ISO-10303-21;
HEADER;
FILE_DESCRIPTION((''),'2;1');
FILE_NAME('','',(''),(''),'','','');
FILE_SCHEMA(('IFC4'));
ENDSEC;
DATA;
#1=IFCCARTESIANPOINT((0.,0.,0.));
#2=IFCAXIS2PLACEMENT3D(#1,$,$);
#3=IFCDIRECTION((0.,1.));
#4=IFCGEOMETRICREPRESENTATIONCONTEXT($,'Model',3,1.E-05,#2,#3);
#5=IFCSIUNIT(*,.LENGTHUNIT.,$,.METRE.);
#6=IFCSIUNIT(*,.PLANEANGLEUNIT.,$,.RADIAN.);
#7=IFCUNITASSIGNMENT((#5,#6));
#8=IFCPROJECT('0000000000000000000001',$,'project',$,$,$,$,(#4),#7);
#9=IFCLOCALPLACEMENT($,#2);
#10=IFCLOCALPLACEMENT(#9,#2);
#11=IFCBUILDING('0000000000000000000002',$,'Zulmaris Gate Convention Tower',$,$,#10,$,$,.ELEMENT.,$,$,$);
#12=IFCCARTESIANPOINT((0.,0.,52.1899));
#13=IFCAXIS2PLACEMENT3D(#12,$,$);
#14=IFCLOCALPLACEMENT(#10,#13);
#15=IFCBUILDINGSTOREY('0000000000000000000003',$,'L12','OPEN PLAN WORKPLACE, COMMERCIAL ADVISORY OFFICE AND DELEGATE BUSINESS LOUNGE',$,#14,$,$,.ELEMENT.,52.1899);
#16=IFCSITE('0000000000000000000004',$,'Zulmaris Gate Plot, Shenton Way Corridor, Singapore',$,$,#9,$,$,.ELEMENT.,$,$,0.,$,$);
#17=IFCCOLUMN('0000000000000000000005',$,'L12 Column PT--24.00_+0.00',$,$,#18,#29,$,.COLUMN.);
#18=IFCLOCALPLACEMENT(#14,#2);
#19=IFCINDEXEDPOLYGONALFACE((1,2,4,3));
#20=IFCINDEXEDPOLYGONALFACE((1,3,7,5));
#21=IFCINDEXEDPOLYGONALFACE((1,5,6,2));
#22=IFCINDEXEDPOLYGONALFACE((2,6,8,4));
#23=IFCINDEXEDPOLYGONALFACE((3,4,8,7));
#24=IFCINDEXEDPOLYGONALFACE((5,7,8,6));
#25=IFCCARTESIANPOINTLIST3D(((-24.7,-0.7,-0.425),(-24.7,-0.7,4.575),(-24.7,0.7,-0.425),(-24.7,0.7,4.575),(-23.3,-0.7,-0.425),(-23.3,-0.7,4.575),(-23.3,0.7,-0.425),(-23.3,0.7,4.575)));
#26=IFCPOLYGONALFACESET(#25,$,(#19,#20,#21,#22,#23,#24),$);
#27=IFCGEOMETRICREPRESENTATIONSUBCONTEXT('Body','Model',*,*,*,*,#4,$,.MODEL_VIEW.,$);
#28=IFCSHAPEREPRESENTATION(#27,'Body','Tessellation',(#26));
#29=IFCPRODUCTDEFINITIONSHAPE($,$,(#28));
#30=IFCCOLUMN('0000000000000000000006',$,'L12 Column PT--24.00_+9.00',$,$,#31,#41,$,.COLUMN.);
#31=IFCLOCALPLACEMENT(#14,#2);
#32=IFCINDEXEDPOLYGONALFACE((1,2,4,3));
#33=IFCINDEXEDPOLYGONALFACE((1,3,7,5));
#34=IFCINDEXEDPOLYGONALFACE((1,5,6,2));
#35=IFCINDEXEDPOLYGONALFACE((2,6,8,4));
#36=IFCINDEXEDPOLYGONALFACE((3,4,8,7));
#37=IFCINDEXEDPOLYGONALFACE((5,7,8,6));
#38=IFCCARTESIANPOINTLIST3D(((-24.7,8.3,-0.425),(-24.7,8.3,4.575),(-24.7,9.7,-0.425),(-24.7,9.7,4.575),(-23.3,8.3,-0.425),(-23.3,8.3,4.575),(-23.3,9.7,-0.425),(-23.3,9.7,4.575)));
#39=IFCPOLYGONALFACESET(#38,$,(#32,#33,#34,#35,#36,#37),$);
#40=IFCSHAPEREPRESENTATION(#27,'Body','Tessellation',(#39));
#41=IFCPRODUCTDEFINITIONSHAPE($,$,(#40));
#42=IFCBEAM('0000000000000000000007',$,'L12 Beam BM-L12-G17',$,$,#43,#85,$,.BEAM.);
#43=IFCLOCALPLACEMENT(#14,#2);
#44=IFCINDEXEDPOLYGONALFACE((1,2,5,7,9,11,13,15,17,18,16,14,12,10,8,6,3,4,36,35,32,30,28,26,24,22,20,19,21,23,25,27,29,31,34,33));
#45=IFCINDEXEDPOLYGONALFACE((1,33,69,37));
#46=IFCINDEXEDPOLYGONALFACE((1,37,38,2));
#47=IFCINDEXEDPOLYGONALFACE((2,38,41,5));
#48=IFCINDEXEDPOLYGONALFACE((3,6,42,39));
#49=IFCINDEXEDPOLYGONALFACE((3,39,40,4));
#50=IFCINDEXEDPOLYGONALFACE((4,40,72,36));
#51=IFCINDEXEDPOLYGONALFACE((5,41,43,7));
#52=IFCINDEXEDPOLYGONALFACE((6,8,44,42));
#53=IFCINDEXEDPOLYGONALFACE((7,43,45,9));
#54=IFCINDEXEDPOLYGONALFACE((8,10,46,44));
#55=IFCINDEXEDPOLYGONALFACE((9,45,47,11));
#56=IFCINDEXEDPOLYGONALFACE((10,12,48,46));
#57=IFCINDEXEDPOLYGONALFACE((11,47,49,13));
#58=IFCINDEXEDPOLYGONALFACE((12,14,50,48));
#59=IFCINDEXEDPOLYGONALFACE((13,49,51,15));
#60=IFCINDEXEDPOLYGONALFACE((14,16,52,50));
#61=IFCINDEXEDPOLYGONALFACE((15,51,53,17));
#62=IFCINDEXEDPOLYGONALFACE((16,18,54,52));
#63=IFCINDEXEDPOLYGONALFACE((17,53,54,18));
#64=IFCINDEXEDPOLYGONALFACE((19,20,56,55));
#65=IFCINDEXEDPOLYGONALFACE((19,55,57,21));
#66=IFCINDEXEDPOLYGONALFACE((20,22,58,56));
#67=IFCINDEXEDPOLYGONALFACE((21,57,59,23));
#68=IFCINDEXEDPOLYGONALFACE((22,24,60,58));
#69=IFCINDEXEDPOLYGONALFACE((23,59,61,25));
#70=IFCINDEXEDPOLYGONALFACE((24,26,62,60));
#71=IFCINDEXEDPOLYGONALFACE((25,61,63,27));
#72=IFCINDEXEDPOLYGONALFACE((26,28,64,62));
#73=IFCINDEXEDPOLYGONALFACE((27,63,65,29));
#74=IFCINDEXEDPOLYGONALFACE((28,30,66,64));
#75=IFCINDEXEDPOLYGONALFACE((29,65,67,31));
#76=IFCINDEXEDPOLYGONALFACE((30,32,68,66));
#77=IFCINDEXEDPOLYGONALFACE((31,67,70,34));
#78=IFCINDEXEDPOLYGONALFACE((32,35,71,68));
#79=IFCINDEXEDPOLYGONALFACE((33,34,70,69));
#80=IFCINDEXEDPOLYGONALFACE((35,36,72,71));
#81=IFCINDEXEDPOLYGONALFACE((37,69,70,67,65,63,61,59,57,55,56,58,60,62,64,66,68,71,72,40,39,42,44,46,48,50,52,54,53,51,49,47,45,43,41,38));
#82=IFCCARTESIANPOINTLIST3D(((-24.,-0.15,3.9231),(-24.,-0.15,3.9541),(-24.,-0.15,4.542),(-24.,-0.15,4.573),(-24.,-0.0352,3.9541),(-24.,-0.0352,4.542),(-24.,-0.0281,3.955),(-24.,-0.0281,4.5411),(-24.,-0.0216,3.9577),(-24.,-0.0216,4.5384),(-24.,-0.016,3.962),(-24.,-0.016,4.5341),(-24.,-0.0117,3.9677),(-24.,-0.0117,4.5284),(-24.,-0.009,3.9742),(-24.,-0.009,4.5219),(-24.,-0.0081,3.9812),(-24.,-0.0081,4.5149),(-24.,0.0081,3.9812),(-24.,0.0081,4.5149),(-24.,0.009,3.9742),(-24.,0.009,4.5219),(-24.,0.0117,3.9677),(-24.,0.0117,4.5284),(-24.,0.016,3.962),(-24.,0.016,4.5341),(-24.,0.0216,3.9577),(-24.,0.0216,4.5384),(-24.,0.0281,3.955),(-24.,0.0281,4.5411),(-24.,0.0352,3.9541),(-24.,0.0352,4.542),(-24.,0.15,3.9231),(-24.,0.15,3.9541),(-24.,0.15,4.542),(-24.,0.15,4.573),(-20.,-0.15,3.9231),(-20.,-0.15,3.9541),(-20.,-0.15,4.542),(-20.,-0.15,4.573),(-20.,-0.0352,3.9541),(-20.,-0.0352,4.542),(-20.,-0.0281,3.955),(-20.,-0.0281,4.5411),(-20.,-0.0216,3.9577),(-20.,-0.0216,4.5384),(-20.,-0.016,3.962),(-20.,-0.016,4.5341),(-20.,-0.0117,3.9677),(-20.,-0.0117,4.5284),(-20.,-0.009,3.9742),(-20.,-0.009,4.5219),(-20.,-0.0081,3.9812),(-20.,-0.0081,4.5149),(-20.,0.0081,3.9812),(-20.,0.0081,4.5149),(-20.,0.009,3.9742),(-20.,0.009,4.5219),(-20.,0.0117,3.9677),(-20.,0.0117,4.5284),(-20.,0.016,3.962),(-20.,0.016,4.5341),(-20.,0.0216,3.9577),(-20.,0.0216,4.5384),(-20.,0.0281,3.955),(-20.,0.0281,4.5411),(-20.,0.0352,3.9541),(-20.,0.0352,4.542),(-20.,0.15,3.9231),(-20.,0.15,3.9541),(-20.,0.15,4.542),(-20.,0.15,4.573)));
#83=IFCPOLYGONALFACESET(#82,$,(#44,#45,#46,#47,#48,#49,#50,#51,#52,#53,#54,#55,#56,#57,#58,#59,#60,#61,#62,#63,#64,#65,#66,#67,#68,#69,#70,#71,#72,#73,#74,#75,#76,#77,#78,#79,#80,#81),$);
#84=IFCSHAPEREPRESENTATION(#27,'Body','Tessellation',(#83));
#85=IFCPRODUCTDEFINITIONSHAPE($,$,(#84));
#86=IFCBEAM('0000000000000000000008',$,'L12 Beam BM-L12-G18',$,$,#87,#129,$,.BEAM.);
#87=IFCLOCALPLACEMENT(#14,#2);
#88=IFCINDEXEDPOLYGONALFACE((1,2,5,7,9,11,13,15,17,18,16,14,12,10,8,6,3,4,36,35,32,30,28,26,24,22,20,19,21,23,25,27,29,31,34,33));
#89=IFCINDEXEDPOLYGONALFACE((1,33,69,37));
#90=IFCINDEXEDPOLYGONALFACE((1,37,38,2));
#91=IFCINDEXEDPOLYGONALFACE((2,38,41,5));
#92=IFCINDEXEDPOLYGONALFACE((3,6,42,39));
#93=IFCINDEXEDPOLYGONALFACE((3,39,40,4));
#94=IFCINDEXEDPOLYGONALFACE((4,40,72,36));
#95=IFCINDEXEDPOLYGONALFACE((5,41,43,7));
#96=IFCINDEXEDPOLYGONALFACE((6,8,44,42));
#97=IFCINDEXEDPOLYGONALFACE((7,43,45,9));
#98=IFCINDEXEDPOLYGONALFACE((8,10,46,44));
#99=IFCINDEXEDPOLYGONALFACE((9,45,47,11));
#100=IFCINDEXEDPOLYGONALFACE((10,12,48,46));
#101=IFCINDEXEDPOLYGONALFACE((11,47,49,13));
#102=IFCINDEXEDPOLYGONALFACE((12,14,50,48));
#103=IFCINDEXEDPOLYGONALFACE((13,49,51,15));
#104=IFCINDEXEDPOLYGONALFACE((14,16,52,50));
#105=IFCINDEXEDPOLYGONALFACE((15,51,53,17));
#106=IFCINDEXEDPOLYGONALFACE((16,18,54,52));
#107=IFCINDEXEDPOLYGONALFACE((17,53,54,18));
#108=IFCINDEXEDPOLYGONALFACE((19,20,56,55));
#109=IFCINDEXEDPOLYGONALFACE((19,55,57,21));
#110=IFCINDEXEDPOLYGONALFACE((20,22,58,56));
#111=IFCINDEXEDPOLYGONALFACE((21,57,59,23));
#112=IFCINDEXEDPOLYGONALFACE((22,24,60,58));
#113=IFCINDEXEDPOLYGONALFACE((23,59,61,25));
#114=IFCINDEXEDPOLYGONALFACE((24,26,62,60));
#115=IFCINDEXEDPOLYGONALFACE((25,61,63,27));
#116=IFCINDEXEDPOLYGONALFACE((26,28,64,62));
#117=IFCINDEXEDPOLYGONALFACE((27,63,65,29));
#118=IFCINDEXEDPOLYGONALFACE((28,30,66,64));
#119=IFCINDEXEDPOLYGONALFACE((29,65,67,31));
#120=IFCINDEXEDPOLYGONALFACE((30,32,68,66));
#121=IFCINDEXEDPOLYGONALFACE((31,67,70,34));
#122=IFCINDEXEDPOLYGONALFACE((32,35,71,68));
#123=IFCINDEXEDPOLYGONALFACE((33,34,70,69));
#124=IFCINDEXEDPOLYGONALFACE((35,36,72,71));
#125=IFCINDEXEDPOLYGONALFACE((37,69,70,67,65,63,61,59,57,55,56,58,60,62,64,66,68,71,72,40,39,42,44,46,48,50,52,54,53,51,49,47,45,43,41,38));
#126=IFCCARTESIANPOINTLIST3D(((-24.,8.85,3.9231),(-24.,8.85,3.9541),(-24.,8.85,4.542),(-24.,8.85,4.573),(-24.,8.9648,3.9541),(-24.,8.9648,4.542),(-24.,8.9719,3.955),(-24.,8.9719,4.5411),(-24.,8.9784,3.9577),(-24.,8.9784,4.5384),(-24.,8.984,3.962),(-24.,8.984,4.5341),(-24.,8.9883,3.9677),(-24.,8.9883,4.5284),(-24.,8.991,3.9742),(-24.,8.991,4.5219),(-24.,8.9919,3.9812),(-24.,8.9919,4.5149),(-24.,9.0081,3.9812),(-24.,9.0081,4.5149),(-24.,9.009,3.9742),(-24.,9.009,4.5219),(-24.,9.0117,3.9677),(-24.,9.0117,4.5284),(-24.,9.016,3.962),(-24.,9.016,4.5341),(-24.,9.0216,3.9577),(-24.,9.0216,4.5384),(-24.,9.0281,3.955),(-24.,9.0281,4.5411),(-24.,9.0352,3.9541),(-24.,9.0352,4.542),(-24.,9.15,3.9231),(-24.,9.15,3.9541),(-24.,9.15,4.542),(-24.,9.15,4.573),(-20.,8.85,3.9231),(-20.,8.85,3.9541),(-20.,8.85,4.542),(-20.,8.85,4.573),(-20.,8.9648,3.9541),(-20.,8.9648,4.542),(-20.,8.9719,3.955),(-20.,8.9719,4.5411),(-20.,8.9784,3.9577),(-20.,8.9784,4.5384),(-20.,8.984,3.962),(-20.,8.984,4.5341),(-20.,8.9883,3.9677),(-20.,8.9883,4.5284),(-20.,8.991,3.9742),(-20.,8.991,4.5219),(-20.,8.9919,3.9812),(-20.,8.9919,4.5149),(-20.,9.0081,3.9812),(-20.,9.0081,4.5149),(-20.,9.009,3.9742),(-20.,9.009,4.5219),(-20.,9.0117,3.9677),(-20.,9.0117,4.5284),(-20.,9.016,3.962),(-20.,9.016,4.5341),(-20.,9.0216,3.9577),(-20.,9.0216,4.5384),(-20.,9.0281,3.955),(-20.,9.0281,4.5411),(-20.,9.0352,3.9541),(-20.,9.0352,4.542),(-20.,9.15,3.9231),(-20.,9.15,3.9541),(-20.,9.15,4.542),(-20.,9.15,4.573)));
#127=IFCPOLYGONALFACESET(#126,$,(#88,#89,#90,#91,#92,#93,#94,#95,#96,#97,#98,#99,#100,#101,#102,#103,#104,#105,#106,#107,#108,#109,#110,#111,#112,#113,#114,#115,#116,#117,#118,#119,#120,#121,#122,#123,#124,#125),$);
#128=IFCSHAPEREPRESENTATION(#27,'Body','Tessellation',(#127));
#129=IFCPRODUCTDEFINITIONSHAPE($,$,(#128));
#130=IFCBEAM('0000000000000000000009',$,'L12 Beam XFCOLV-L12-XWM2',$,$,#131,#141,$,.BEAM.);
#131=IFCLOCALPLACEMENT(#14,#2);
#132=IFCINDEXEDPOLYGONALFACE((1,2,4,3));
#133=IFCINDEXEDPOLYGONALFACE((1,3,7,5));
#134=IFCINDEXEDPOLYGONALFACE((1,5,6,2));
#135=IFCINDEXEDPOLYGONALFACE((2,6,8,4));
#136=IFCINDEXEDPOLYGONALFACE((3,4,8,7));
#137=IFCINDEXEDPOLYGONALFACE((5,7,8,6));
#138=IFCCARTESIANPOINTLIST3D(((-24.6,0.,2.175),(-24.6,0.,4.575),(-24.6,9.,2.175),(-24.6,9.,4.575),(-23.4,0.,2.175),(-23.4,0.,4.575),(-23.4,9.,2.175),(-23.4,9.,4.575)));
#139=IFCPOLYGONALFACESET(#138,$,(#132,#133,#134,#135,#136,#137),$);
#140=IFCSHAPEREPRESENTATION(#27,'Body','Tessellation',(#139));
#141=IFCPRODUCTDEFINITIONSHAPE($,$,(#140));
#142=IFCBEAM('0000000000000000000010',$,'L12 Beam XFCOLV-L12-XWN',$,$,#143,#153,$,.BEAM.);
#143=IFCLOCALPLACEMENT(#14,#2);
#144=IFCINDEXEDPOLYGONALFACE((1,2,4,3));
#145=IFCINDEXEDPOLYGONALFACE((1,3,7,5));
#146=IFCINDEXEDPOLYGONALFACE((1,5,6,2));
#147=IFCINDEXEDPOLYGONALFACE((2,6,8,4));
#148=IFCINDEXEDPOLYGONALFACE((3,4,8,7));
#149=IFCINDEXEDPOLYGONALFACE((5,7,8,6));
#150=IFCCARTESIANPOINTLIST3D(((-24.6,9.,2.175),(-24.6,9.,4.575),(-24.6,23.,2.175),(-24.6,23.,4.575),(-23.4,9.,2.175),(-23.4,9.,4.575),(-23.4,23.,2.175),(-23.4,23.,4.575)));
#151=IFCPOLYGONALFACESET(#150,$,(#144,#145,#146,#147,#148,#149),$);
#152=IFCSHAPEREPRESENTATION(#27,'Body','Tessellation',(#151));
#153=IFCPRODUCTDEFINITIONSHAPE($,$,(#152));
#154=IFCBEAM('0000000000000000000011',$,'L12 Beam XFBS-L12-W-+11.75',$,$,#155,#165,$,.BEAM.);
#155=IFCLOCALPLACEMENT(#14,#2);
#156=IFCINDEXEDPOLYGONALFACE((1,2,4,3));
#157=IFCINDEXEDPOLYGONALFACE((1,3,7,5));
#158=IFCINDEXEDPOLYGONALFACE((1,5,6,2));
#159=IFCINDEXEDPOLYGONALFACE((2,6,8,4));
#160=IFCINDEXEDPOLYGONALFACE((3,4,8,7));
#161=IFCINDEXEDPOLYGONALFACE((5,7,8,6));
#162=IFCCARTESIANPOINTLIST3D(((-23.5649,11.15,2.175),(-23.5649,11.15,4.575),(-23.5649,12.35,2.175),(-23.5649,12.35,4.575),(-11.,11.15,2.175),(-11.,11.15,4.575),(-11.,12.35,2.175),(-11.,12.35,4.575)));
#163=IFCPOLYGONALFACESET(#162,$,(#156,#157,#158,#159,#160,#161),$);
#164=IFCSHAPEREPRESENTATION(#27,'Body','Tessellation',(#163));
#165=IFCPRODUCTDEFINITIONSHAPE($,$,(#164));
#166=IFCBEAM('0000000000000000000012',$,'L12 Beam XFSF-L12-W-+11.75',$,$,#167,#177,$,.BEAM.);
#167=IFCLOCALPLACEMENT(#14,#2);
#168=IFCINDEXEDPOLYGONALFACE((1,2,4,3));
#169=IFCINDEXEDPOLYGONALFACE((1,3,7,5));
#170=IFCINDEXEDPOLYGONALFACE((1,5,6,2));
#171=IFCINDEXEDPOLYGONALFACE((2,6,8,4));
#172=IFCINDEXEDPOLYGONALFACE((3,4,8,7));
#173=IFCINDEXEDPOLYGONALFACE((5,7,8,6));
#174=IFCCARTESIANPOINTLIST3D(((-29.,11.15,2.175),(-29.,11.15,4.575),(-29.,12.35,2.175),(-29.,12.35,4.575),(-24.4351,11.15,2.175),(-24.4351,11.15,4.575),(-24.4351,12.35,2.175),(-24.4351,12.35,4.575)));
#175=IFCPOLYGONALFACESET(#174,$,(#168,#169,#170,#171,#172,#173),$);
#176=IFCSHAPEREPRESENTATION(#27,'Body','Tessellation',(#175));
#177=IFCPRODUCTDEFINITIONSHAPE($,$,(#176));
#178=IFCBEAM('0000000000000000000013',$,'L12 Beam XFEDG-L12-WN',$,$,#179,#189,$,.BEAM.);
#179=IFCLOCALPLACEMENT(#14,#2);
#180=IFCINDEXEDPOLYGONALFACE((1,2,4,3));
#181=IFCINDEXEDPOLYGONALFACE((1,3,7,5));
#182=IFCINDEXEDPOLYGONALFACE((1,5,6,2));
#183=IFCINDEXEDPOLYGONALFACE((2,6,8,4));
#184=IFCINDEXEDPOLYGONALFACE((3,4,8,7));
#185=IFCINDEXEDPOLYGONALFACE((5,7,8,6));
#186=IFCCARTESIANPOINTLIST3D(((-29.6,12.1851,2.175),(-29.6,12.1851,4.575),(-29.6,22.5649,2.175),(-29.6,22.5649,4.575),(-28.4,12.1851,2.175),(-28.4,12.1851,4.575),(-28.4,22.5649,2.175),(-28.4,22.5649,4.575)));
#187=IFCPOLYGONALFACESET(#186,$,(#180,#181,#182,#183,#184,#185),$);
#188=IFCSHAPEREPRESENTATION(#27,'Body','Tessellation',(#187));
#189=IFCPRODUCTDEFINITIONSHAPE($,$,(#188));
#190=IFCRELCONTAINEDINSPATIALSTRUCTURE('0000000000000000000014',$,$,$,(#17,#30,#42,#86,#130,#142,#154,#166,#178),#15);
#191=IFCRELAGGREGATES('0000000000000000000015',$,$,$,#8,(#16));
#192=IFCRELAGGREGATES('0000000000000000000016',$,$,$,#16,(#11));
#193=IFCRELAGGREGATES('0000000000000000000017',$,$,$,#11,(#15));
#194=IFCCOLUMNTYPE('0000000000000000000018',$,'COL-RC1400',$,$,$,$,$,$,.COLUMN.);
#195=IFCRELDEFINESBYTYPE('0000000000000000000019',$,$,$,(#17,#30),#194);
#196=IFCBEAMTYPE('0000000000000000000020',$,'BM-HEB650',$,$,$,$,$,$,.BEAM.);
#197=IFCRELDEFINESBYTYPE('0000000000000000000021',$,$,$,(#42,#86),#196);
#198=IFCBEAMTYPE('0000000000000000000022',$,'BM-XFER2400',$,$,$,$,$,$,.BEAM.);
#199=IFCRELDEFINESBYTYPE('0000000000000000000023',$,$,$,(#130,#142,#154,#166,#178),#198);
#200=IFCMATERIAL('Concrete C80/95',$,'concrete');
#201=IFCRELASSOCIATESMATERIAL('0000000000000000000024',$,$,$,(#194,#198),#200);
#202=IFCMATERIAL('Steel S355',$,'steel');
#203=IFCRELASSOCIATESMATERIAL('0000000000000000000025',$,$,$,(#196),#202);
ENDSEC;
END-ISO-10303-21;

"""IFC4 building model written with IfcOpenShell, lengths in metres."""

from ifc_helpers import new_model, si_unit, direction, frame, origin, origin_2d, place, context, subcontext, project, spatial, rectangle, i_section, extrude, material, material_profile, profile_set, type_object, element, save


model = new_model("IFC4")

# Units and contexts
model_context = context("Model", 3, precision=1e-05, world=origin(), true_north=direction((0.0, 1.0)))
body_context = subcontext(model_context, "Body", "Model", "MODEL_VIEW")
ifc_project = project(units=[si_unit("LENGTHUNIT", "METRE"), si_unit("PLANEANGLEUNIT", "RADIAN")], contexts=[model_context])

# Site, building, storey
site_placement = place(None, origin())
site = spatial("IfcSite", under=ifc_project, at=site_placement, Name="Zulmaris Gate Plot, Shenton Way Corridor, Singapore", CompositionType="ELEMENT", RefElevation=0.0)
building_placement = place(site_placement, origin())
building = spatial("IfcBuilding", under=site, at=building_placement, Name="Zulmaris Gate Convention Tower", CompositionType="ELEMENT")
storey_placement = place(building_placement, frame((0.0, 0.0, 52.1899)))
storey = spatial("IfcBuildingStorey", under=building, at=storey_placement, Name="L12", Description="OPEN PLAN WORKPLACE, COMMERCIAL ADVISORY OFFICE AND DELEGATE BUSINESS LOUNGE", CompositionType="ELEMENT", Elevation=52.1899)

# Columns
ifc_material_1 = material(Name="Concrete C80/95", Category="concrete")
ifc_material_profile_1 = material_profile(ifc_material_1, rectangle(XDim=1.3999, YDim=1.3999, at=origin_2d()), Name="RC COL 1400x1400")
ifc_profile_set_1 = profile_set([ifc_material_profile_1], Name="Concrete C80/95")
column_type = type_object("IfcColumnType", Name="COL-RC1400", PredefinedType="COLUMN", material=ifc_profile_set_1)
for number, where, z_axis, x_axis, name in (
    (1, (-24.0, 0.0, -0.425), (0.0, 0.0, 1.0), (1.0, 0.0, 0.0), "L12 Column PT--24.00_+0.00"),
    (2, (-24.0, 9.0, -0.425), (0.0, 0.0, 1.0), (1.0, 0.0, 0.0), "L12 Column PT--24.00_+9.00"),
):
    element("IfcColumn", number, at=place(storey_placement, frame(where, z_axis=z_axis, x_axis=x_axis)), inside=storey, type_object=column_type, Name=name, PredefinedType="COLUMN", context=body_context, shape_type="SweptSolid", body=[
        extrude(rectangle(XDim=1.3999, YDim=1.3999, at=origin_2d()), origin(), (0.0, 0.0, 1.0), 5.0),
    ])

# Beams
ifc_material_2 = material(Name="Steel S355", Category="steel")
ifc_material_profile_2 = material_profile(ifc_material_2, i_section(OverallWidth=0.3, OverallDepth=0.6499, WebThickness=0.0161, FlangeThickness=0.031, FilletRadius=0.0271, at=origin_2d()), Name="HEB 650")
ifc_profile_set_2 = profile_set([ifc_material_profile_2], Name="Steel S355")
beam_type_1 = type_object("IfcBeamType", Name="BM-HEB650", PredefinedType="BEAM", material=ifc_profile_set_2)
for number, where, z_axis, x_axis, name in (
    (3, (-24.0, 0.0, 4.248), (1.0, 0.0, 0.0), (0.0, 1.0, 0.0), "L12 Beam BM-L12-G17"),
    (4, (-24.0, 9.0, 4.248), (1.0, 0.0, 0.0), (0.0, 1.0, 0.0), "L12 Beam BM-L12-G18"),
):
    element("IfcBeam", number, at=place(storey_placement, frame(where, z_axis=z_axis, x_axis=x_axis)), inside=storey, type_object=beam_type_1, Name=name, PredefinedType="BEAM", context=body_context, shape_type="SweptSolid", body=[
        extrude(i_section(OverallWidth=0.3, OverallDepth=0.6499, WebThickness=0.0161, FlangeThickness=0.031, FilletRadius=0.0271, at=origin_2d()), origin(), (0.0, 0.0, 1.0), 4.0),
    ])
ifc_material_profile_3 = material_profile(ifc_material_1, rectangle(XDim=1.2, YDim=2.3999, at=origin_2d()), Name="RC TRANSFER 1200x2400")
ifc_profile_set_3 = profile_set([ifc_material_profile_3], Name="Concrete C80/95")
beam_type_2 = type_object("IfcBeamType", Name="BM-XFER2400", PredefinedType="BEAM", material=ifc_profile_set_3)
beam_1_placement = place(storey_placement, frame((-24.0, 0.0, 3.375), z_axis=(0.0, 1.0, 0.0), x_axis=(-1.0, 0.0, 0.0)))
element("IfcBeam", 5, at=beam_1_placement, inside=storey, type_object=beam_type_2, Name="L12 Beam XFCOLV-L12-XWM2", PredefinedType="BEAM", context=body_context, shape_type="SweptSolid", body=[
    extrude(rectangle(XDim=1.2, YDim=2.3999, at=origin_2d()), origin(), (0.0, 0.0, 1.0), 9.0),
])
beam_2_placement = place(storey_placement, frame((-24.0, 9.0, 3.375), z_axis=(0.0, 1.0, 0.0), x_axis=(-1.0, 0.0, 0.0)))
element("IfcBeam", 6, at=beam_2_placement, inside=storey, type_object=beam_type_2, Name="L12 Beam XFCOLV-L12-XWN", PredefinedType="BEAM", context=body_context, shape_type="SweptSolid", body=[
    extrude(rectangle(XDim=1.2, YDim=2.3999, at=origin_2d()), origin(), (0.0, 0.0, 1.0), 14.0),
])
beam_3_placement = place(storey_placement, frame((-23.5649, 11.75, 3.375), z_axis=(1.0, 0.0, 0.0), x_axis=(0.0, 1.0, 0.0)))
element("IfcBeam", 7, at=beam_3_placement, inside=storey, type_object=beam_type_2, Name="L12 Beam XFBS-L12-W-+11.75", PredefinedType="BEAM", context=body_context, shape_type="SweptSolid", body=[
    extrude(rectangle(XDim=1.2, YDim=2.3999, at=origin_2d()), origin(), (0.0, 0.0, 1.0), 12.5649),
])
beam_4_placement = place(storey_placement, frame((-29.0, 11.75, 3.375), z_axis=(1.0, 0.0, 0.0), x_axis=(0.0, 1.0, 0.0)))
element("IfcBeam", 8, at=beam_4_placement, inside=storey, type_object=beam_type_2, Name="L12 Beam XFSF-L12-W-+11.75", PredefinedType="BEAM", context=body_context, shape_type="SweptSolid", body=[
    extrude(rectangle(XDim=1.2, YDim=2.3999, at=origin_2d()), origin(), (0.0, 0.0, 1.0), 4.5649),
])
beam_5_placement = place(storey_placement, frame((-29.0, 12.1851, 3.375), z_axis=(0.0, 1.0, 0.0), x_axis=(-1.0, 0.0, 0.0)))
element("IfcBeam", 9, at=beam_5_placement, inside=storey, type_object=beam_type_2, Name="L12 Beam XFEDG-L12-WN", PredefinedType="BEAM", context=body_context, shape_type="SweptSolid", body=[
    extrude(rectangle(XDim=1.2, YDim=2.3999, at=origin_2d()), origin(), (0.0, 0.0, 1.0), 10.3799),
])

save(model, "model.ifc")
